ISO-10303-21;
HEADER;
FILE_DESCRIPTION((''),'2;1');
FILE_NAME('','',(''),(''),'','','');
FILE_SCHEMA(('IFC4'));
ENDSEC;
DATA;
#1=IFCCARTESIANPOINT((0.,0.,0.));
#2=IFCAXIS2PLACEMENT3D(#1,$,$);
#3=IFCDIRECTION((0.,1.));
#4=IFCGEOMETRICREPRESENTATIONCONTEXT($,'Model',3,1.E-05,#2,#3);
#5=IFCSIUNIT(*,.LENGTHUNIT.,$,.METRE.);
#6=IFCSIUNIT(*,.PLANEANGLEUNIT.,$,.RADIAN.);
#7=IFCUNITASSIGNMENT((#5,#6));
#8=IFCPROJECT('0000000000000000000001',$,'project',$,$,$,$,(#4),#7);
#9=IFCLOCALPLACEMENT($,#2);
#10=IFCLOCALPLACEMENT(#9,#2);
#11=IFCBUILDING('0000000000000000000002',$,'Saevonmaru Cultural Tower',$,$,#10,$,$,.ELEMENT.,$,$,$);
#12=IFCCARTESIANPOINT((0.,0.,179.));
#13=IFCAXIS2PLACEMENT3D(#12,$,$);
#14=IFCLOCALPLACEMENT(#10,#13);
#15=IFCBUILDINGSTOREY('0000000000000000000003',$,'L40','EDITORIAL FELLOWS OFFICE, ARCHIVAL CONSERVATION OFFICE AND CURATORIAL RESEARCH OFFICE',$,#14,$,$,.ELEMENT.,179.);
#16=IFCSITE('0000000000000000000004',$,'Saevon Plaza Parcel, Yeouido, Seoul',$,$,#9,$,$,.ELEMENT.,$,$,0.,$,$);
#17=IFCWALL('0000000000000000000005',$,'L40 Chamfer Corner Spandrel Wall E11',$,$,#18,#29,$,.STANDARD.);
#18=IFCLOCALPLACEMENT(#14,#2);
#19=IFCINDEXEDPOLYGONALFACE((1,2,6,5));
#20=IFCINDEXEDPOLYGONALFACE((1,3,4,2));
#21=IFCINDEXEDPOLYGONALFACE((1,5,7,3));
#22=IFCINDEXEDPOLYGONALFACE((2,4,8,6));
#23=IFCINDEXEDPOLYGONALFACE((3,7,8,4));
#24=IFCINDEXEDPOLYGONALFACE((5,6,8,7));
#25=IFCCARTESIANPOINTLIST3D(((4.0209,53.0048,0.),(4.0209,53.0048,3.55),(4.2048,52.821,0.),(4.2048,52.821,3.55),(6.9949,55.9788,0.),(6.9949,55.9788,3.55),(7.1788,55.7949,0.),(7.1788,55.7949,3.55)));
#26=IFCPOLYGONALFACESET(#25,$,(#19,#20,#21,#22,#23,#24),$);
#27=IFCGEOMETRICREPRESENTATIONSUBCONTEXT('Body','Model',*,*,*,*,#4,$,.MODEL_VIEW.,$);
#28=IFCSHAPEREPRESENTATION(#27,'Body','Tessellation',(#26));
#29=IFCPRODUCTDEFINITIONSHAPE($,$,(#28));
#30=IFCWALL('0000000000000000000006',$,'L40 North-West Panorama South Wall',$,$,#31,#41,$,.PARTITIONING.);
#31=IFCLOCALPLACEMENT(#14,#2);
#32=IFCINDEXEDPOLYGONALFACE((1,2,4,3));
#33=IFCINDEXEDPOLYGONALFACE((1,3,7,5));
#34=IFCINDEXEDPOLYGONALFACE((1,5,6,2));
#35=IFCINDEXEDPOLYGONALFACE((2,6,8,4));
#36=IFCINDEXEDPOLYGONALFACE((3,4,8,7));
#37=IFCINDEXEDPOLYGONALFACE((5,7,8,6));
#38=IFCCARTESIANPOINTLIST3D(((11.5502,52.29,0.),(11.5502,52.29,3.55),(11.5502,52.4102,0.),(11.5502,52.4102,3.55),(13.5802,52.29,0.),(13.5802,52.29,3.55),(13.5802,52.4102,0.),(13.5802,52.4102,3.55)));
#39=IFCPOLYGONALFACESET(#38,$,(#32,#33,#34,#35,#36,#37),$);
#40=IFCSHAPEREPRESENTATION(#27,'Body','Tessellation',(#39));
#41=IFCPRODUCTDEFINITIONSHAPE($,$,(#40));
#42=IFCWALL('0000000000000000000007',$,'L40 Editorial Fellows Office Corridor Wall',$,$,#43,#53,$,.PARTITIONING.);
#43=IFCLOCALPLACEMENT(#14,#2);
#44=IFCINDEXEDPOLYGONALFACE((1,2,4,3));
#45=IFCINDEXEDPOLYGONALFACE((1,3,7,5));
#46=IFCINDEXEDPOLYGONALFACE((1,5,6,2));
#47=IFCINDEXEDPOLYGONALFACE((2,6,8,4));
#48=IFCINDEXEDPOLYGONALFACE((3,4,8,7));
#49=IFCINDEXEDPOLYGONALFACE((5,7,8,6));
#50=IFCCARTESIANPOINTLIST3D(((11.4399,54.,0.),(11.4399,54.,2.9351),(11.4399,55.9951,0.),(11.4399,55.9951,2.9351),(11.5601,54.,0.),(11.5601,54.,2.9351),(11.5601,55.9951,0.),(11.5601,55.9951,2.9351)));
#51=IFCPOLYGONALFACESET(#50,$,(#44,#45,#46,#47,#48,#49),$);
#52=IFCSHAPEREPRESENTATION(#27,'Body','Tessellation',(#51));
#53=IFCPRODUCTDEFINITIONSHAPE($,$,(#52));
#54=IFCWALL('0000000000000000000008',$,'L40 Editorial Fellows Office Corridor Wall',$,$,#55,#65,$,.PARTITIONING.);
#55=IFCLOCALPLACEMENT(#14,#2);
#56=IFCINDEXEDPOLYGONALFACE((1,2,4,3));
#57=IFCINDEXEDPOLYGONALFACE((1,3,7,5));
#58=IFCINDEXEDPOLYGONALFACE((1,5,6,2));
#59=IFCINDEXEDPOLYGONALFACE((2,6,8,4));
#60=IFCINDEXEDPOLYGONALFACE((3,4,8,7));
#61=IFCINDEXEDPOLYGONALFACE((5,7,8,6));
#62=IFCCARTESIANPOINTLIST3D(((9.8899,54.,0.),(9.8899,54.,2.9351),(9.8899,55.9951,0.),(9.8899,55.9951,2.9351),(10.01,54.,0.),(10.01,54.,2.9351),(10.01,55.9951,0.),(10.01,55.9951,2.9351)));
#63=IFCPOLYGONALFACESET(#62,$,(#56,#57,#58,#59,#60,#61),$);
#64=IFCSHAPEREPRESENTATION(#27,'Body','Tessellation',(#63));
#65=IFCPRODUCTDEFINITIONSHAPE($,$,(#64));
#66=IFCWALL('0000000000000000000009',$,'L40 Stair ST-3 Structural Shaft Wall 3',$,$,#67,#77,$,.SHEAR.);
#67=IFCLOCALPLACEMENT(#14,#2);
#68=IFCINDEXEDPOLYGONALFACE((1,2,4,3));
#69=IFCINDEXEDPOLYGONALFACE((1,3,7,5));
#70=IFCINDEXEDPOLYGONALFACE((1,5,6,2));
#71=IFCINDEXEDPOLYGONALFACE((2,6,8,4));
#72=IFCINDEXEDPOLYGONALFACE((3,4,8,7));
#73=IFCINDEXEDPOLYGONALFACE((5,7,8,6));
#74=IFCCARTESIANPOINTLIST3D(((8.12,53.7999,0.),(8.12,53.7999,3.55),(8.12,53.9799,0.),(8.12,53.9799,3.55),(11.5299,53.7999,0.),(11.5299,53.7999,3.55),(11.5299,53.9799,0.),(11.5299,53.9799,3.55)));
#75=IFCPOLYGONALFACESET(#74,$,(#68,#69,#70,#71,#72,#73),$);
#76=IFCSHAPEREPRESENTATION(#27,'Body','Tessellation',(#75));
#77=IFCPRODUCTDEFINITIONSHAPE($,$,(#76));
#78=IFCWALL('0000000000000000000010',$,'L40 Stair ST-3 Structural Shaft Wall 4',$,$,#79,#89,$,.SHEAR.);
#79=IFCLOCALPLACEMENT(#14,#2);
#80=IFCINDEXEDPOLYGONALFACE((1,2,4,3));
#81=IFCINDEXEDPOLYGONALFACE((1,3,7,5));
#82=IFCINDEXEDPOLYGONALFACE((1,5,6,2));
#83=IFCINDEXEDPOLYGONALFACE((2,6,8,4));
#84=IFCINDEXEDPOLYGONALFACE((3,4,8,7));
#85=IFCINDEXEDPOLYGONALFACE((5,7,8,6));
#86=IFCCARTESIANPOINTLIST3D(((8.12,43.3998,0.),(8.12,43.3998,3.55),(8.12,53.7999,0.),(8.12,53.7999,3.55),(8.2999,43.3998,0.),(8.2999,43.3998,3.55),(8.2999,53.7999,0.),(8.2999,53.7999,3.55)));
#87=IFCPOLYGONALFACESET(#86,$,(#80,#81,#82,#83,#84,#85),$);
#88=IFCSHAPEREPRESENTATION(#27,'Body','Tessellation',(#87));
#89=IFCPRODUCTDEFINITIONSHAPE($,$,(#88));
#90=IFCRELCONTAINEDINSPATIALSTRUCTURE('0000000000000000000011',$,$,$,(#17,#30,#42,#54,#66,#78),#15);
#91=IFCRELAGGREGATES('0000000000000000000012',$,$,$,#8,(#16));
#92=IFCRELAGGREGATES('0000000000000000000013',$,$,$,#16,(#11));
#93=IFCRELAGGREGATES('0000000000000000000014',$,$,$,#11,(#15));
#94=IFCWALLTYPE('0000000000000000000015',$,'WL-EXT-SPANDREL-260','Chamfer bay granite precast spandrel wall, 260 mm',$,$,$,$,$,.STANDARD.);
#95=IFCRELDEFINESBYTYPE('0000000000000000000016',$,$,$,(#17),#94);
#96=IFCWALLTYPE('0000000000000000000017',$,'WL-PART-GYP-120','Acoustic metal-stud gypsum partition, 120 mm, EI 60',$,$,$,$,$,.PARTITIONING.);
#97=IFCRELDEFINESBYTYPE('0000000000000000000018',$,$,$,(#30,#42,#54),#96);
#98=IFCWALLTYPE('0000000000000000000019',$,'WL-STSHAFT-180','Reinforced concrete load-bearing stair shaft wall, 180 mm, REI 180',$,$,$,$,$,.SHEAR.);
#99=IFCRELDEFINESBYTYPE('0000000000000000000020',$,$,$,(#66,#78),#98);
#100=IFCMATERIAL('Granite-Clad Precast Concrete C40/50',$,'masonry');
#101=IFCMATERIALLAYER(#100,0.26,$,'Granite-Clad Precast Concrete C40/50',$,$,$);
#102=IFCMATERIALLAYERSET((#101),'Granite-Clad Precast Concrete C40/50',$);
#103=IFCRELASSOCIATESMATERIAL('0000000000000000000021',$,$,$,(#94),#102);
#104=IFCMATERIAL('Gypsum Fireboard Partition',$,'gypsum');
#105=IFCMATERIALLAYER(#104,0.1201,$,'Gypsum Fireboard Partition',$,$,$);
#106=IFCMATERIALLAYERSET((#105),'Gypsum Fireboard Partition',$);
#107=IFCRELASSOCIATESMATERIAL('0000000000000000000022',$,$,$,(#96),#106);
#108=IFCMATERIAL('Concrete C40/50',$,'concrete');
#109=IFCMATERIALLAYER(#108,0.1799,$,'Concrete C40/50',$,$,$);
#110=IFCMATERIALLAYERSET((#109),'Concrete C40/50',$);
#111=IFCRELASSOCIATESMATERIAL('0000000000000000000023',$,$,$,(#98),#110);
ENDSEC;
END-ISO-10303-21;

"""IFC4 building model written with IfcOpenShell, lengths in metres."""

from ifc_helpers import new_model, si_unit, direction, frame, frame_2d, origin, place, context, subcontext, project, spatial, rectangle, extrude, material, layer, layer_set, type_object, element, save


model = new_model("IFC4")

# Units and contexts
model_context = context("Model", 3, precision=1e-05, world=origin(), true_north=direction((0.0, 1.0)))
body_context = subcontext(model_context, "Body", "Model", "MODEL_VIEW")
ifc_project = project(units=[si_unit("LENGTHUNIT", "METRE"), si_unit("PLANEANGLEUNIT", "RADIAN")], contexts=[model_context])

# Site, building, storey
site_placement = place(None, origin())
site = spatial("IfcSite", under=ifc_project, at=site_placement, Name="Saevon Plaza Parcel, Yeouido, Seoul", CompositionType="ELEMENT", RefElevation=0.0)
building_placement = place(site_placement, origin())
building = spatial("IfcBuilding", under=site, at=building_placement, Name="Saevonmaru Cultural Tower", CompositionType="ELEMENT")
storey_placement = place(building_placement, frame((0.0, 0.0, 179.0)))
storey = spatial("IfcBuildingStorey", under=building, at=storey_placement, Name="L40", Description="EDITORIAL FELLOWS OFFICE, ARCHIVAL CONSERVATION OFFICE AND CURATORIAL RESEARCH OFFICE", CompositionType="ELEMENT", Elevation=179.0)

# Walls
ifc_material_1 = material(Name="Granite-Clad Precast Concrete C40/50", Category="masonry")
ifc_layer_1 = layer(ifc_material_1, 0.26, Name="Granite-Clad Precast Concrete C40/50")
ifc_layer_set_1 = layer_set([ifc_layer_1], Name="Granite-Clad Precast Concrete C40/50")
wall_type_1 = type_object("IfcWallType", Name="WL-EXT-SPANDREL-260", Description="Chamfer bay granite precast spandrel wall, 260 mm", PredefinedType="STANDARD", material=ifc_layer_set_1)
wall_1_placement = place(storey_placement, frame((7.0869, 55.887, 0.0), z_axis=(0.0, 0.0, 1.0), x_axis=(-0.707107, -0.707107, 0.0)))
element("IfcWall", 1, at=wall_1_placement, inside=storey, type_object=wall_type_1, Name="L40 Chamfer Corner Spandrel Wall E11", PredefinedType="STANDARD", context=body_context, shape_type="SweptSolid", body=[
    extrude(rectangle(XDim=4.2058, YDim=0.26, at=frame_2d((2.103, 0.0))), origin(), (0.0, 0.0, 1.0), 3.55),
])
ifc_material_2 = material(Name="Gypsum Fireboard Partition", Category="gypsum")
ifc_layer_2 = layer(ifc_material_2, 0.1201, Name="Gypsum Fireboard Partition")
ifc_layer_set_2 = layer_set([ifc_layer_2], Name="Gypsum Fireboard Partition")
wall_type_2 = type_object("IfcWallType", Name="WL-PART-GYP-120", Description="Acoustic metal-stud gypsum partition, 120 mm, EI 60", PredefinedType="PARTITIONING", material=ifc_layer_set_2)
wall_2_placement = place(storey_placement, frame((11.55, 52.3501, 0.0), z_axis=(0.0, 0.0, 1.0), x_axis=(1.0, 0.0, 0.0)))
element("IfcWall", 2, at=wall_2_placement, inside=storey, type_object=wall_type_2, Name="L40 North-West Panorama South Wall", PredefinedType="PARTITIONING", context=body_context, shape_type="SweptSolid", body=[
    extrude(rectangle(XDim=2.03, YDim=0.1201, at=frame_2d((1.0151, 0.0))), origin(), (0.0, 0.0, 1.0), 3.55),
])
for number, where, z_axis, x_axis, name in (
    (3, (11.5, 54.0, 0.0), (0.0, 0.0, 1.0), (0.0, 1.0, 0.0), "L40 Editorial Fellows Office Corridor Wall"),
    (4, (9.95, 54.0, 0.0), (0.0, 0.0, 1.0), (0.0, 1.0, 0.0), "L40 Editorial Fellows Office Corridor Wall"),
):
    element("IfcWall", number, at=place(storey_placement, frame(where, z_axis=z_axis, x_axis=x_axis)), inside=storey, type_object=wall_type_2, Name=name, PredefinedType="PARTITIONING", context=body_context, shape_type="SweptSolid", body=[
        extrude(rectangle(XDim=1.9951, YDim=0.1201, at=frame_2d((0.9976, 0.0))), origin(), (0.0, 0.0, 1.0), 2.9351),
    ])
ifc_material_3 = material(Name="Concrete C40/50", Category="concrete")
ifc_layer_3 = layer(ifc_material_3, 0.1799, Name="Concrete C40/50")
ifc_layer_set_3 = layer_set([ifc_layer_3], Name="Concrete C40/50")
wall_type_3 = type_object("IfcWallType", Name="WL-STSHAFT-180", Description="Reinforced concrete load-bearing stair shaft wall, 180 mm, REI 180", PredefinedType="SHEAR", material=ifc_layer_set_3)
wall_3_placement = place(storey_placement, frame((11.53, 53.8899, 0.0), z_axis=(0.0, 0.0, 1.0), x_axis=(-1.0, 0.0, 0.0)))
element("IfcWall", 5, at=wall_3_placement, inside=storey, type_object=wall_type_3, Name="L40 Stair ST-3 Structural Shaft Wall 3", PredefinedType="SHEAR", context=body_context, shape_type="SweptSolid", body=[
    extrude(rectangle(XDim=3.4099, YDim=0.1799, at=frame_2d((1.7051, 0.0))), origin(), (0.0, 0.0, 1.0), 3.55),
])
wall_4_placement = place(storey_placement, frame((8.21, 53.8, 0.0), z_axis=(0.0, 0.0, 1.0), x_axis=(0.0, -1.0, 0.0)))
element("IfcWall", 6, at=wall_4_placement, inside=storey, type_object=wall_type_3, Name="L40 Stair ST-3 Structural Shaft Wall 4", PredefinedType="SHEAR", context=body_context, shape_type="SweptSolid", body=[
    extrude(rectangle(XDim=10.4001, YDim=0.1799, at=frame_2d((5.2002, 0.0))), origin(), (0.0, 0.0, 1.0), 3.55),
])

save(model, "model.ifc")
